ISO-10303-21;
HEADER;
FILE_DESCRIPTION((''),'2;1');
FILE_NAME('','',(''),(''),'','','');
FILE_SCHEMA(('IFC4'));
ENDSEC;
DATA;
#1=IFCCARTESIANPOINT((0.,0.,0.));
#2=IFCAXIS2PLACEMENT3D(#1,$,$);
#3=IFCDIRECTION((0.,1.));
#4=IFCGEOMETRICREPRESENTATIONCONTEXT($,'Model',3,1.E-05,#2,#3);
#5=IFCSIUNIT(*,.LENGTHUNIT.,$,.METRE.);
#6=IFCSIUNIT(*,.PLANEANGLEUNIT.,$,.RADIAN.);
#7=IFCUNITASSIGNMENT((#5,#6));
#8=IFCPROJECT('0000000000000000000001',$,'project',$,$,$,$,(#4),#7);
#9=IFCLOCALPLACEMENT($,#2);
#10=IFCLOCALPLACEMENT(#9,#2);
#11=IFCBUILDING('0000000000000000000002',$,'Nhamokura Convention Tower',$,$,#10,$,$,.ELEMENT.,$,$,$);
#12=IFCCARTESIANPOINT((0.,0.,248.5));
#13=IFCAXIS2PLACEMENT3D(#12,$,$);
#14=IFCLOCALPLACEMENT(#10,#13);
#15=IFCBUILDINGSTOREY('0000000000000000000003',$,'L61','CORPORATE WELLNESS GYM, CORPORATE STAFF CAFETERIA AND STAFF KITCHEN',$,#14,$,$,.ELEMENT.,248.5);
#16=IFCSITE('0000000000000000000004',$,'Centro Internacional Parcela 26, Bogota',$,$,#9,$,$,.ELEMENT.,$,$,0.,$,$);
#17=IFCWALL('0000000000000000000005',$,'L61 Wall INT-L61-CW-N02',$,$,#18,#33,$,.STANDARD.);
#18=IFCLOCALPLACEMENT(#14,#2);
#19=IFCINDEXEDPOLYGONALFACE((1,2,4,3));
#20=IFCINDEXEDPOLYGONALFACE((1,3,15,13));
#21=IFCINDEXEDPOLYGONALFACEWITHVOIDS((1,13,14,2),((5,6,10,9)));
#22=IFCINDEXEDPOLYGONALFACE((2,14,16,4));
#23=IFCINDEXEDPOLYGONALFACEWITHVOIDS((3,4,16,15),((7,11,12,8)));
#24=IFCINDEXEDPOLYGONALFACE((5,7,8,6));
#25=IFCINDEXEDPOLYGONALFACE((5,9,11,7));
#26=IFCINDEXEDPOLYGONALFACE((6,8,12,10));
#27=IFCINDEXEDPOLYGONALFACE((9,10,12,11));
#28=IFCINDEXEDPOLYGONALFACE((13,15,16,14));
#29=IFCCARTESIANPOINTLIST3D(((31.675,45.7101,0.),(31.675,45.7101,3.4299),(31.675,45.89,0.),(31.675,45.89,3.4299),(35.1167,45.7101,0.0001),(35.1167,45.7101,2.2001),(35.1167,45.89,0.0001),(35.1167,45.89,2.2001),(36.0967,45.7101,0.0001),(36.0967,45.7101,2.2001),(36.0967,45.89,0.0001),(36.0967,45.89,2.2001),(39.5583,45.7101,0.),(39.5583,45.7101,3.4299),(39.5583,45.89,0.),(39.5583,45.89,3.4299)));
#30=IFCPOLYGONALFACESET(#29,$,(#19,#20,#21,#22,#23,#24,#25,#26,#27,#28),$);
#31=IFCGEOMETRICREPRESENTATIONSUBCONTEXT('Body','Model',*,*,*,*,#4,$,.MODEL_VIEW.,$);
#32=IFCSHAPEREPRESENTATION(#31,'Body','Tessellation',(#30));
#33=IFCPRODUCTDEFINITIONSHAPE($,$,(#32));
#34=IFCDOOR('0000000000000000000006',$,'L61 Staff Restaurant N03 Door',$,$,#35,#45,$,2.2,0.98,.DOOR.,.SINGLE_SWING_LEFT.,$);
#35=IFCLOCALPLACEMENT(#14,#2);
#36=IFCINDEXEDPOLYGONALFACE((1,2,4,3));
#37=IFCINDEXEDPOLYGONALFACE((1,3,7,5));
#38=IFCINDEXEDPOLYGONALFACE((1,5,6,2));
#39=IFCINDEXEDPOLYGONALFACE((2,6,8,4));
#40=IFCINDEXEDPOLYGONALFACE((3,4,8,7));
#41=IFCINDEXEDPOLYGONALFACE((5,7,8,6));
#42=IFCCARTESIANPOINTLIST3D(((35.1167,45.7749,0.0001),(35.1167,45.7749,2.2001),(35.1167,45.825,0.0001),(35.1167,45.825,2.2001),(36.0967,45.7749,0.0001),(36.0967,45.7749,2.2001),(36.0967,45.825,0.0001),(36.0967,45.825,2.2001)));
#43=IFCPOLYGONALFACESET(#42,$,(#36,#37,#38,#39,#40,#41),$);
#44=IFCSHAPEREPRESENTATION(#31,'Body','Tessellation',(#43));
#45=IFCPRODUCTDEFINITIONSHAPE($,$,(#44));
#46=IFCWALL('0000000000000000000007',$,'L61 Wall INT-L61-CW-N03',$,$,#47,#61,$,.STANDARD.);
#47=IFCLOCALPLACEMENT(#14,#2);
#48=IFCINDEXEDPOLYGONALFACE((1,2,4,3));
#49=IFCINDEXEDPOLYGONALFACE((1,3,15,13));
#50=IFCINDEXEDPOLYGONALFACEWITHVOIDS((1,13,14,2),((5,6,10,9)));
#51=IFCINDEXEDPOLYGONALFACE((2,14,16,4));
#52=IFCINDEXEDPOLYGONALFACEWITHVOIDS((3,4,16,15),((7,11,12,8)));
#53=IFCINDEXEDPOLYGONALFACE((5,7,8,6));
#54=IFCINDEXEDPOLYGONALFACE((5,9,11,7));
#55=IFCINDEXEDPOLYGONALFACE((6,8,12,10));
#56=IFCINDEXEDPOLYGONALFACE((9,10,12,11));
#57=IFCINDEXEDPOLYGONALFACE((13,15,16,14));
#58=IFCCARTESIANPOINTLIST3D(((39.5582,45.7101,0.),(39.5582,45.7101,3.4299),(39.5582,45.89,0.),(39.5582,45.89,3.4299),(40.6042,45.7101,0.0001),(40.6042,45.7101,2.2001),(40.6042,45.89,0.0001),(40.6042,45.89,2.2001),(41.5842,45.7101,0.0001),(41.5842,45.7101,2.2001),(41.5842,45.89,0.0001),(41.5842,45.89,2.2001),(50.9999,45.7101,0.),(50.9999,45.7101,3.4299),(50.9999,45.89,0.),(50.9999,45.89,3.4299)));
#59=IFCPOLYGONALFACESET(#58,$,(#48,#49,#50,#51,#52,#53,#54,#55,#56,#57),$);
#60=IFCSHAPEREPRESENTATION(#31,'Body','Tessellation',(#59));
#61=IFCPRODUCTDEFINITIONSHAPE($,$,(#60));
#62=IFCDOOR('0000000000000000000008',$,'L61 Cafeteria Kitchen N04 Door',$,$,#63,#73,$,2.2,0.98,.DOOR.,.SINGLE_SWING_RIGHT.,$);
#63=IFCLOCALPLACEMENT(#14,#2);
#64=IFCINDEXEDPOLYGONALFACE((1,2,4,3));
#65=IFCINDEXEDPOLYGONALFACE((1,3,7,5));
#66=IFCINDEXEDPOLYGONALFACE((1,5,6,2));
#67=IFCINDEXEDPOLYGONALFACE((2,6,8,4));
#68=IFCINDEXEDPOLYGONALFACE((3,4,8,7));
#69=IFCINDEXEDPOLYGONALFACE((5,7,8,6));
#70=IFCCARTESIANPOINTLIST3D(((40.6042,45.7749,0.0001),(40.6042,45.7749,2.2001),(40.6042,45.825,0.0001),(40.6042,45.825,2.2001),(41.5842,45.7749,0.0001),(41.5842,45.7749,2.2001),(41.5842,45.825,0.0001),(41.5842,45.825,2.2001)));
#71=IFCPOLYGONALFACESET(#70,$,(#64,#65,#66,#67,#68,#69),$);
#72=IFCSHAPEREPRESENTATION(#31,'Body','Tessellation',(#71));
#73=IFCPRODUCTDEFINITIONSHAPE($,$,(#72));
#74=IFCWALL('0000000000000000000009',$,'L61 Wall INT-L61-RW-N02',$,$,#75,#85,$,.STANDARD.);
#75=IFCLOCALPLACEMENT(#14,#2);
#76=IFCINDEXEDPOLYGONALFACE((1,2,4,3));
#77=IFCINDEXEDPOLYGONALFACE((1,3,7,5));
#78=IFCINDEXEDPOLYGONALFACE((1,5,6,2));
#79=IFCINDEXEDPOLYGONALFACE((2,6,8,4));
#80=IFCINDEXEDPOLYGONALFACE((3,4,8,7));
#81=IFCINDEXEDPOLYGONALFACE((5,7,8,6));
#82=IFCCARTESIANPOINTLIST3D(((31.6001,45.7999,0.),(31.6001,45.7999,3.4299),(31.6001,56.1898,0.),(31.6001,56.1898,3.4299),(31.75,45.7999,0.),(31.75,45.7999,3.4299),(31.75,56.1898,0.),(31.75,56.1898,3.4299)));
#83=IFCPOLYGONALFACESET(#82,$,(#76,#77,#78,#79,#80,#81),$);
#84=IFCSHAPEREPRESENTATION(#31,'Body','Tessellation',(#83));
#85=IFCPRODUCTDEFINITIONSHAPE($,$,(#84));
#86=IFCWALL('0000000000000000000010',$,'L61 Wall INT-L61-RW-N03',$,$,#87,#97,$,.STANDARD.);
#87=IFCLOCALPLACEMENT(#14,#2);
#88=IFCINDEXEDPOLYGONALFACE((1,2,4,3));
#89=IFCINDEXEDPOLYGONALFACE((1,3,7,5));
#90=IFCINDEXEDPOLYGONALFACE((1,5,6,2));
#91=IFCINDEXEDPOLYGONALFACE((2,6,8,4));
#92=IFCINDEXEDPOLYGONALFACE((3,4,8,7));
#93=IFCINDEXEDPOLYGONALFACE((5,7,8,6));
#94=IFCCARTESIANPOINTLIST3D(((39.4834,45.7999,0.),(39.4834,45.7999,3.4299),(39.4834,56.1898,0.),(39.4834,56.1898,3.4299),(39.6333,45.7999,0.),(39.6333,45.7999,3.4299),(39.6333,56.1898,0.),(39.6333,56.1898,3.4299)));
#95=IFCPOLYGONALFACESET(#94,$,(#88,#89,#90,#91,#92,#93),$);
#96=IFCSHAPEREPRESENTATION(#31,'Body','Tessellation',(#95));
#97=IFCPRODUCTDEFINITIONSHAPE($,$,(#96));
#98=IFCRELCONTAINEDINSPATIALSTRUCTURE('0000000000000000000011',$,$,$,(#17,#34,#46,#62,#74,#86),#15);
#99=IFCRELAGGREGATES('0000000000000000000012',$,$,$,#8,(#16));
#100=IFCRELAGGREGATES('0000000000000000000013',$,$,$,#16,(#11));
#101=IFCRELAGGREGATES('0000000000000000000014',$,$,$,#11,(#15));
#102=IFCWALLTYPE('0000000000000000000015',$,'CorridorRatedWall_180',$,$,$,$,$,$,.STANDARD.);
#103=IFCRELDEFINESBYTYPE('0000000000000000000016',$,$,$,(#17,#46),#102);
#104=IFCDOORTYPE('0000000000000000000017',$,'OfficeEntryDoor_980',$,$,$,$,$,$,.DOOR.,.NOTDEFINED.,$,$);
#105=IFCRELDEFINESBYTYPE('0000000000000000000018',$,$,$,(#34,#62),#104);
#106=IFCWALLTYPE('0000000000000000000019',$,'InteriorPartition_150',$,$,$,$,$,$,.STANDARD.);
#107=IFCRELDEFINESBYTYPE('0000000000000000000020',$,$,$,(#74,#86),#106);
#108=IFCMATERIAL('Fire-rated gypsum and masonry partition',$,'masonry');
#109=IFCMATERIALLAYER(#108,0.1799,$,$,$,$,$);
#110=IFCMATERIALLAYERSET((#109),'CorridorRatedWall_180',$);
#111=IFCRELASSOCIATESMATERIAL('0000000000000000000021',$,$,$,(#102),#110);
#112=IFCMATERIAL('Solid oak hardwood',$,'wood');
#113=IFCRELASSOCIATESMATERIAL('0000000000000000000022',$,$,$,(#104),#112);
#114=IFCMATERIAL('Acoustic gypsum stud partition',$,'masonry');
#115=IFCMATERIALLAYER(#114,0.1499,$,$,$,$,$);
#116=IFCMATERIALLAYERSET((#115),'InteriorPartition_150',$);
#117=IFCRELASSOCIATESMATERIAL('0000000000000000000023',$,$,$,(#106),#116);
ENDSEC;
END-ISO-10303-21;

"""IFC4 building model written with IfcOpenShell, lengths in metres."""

from ifc_helpers import new_model, si_unit, direction, frame, frame_2d, origin, place, context, subcontext, project, spatial, rectangle, extrude, material, layer, layer_set, type_object, element, fill, save


model = new_model("IFC4")

# Units and contexts
model_context = context("Model", 3, precision=1e-05, world=origin(), true_north=direction((0.0, 1.0)))
body_context = subcontext(model_context, "Body", "Model", "MODEL_VIEW")
ifc_project = project(units=[si_unit("LENGTHUNIT", "METRE"), si_unit("PLANEANGLEUNIT", "RADIAN")], contexts=[model_context])

# Site, building, storey
site_placement = place(None, origin())
site = spatial("IfcSite", under=ifc_project, at=site_placement, Name="Centro Internacional Parcela 26, Bogota", CompositionType="ELEMENT", RefElevation=0.0)
building_placement = place(site_placement, origin())
building = spatial("IfcBuilding", under=site, at=building_placement, Name="Nhamokura Convention Tower", CompositionType="ELEMENT")
storey_placement = place(building_placement, frame((0.0, 0.0, 248.5)))
storey = spatial("IfcBuildingStorey", under=building, at=storey_placement, Name="L61", Description="CORPORATE WELLNESS GYM, CORPORATE STAFF CAFETERIA AND STAFF KITCHEN", CompositionType="ELEMENT", Elevation=248.5)

# Walls, openings, doors
ifc_material_1 = material(Name="Fire-rated gypsum and masonry partition", Category="masonry")
ifc_layer_1 = layer(ifc_material_1, 0.1799)
ifc_layer_set_1 = layer_set([ifc_layer_1], Name="CorridorRatedWall_180")
wall_type_1 = type_object("IfcWallType", Name="CorridorRatedWall_180", PredefinedType="STANDARD", material=ifc_layer_set_1)
wall_1_placement = place(storey_placement, frame((31.675, 45.8, 0.0), z_axis=(0.0, 0.0, 1.0), x_axis=(1.0, 0.0, 0.0)))
wall_1 = element("IfcWall", 1, at=wall_1_placement, inside=storey, type_object=wall_type_1, Name="L61 Wall INT-L61-CW-N02", PredefinedType="STANDARD", context=body_context, shape_type="SweptSolid", body=[
    extrude(rectangle(XDim=7.8833, YDim=0.1799, at=frame_2d((3.9417, 0.0))), origin(), (0.0, 0.0, 1.0), 3.4299),
])
opening_1_placement = place(wall_1_placement, frame((3.4417, 0.0, 0.0)))
opening_1 = element("IfcOpeningElement", 2, at=opening_1_placement, cuts=wall_1, PredefinedType="OPENING", context=body_context, shape_type="SweptSolid", body=[
    extrude(rectangle(XDim=0.98, YDim=2.2, at=frame_2d((0.49, 1.1001))), frame((0.0, 0.0999, 0.0), z_axis=(0.0, -1.0, 0.0), x_axis=(1.0, 0.0, 0.0)), (0.0, 0.0, 1.0), 0.2),
])
ifc_material_2 = material(Name="Solid oak hardwood", Category="wood")
door_type = type_object("IfcDoorType", Name="OfficeEntryDoor_980", OperationType="NOTDEFINED", PredefinedType="DOOR", material=ifc_material_2)
door_1_placement = place(opening_1_placement, origin())
door_1 = element("IfcDoor", 3, at=door_1_placement, inside=storey, type_object=door_type, Name="L61 Staff Restaurant N03 Door", OperationType="SINGLE_SWING_LEFT", OverallHeight=2.2, OverallWidth=0.98, PredefinedType="DOOR", context=body_context, shape_type="SweptSolid", body=[
    extrude(rectangle(XDim=0.98, YDim=2.2, at=frame_2d((0.49, 1.1001))), frame((0.0, 0.0249, 0.0), z_axis=(0.0, -1.0, 0.0), x_axis=(1.0, 0.0, 0.0)), (0.0, 0.0, 1.0), 0.05),
])
fill(opening_1, door_1)
wall_2_placement = place(storey_placement, frame((39.5583, 45.8, 0.0), z_axis=(0.0, 0.0, 1.0), x_axis=(1.0, 0.0, 0.0)))
wall_2 = element("IfcWall", 4, at=wall_2_placement, inside=storey, type_object=wall_type_1, Name="L61 Wall INT-L61-CW-N03", PredefinedType="STANDARD", context=body_context, shape_type="SweptSolid", body=[
    extrude(rectangle(XDim=11.4417, YDim=0.1799, at=frame_2d((5.7207, 0.0))), origin(), (0.0, 0.0, 1.0), 3.4299),
])
opening_2_placement = place(wall_2_placement, frame((1.0459, 0.0, 0.0)))
opening_2 = element("IfcOpeningElement", 5, at=opening_2_placement, cuts=wall_2, PredefinedType="OPENING", context=body_context, shape_type="SweptSolid", body=[
    extrude(rectangle(XDim=0.98, YDim=2.2, at=frame_2d((0.49, 1.1001))), frame((0.0, 0.0999, 0.0), z_axis=(0.0, -1.0, 0.0), x_axis=(1.0, 0.0, 0.0)), (0.0, 0.0, 1.0), 0.2),
])
door_2_placement = place(opening_2_placement, origin())
door_2 = element("IfcDoor", 6, at=door_2_placement, inside=storey, type_object=door_type, Name="L61 Cafeteria Kitchen N04 Door", OperationType="SINGLE_SWING_RIGHT", OverallHeight=2.2, OverallWidth=0.98, PredefinedType="DOOR", context=body_context, shape_type="SweptSolid", body=[
    extrude(rectangle(XDim=0.98, YDim=2.2, at=frame_2d((0.49, 1.1001))), frame((0.0, 0.0249, 0.0), z_axis=(0.0, -1.0, 0.0), x_axis=(1.0, 0.0, 0.0)), (0.0, 0.0, 1.0), 0.05),
])
fill(opening_2, door_2)

# Walls
ifc_material_3 = material(Name="Acoustic gypsum stud partition", Category="masonry")
ifc_layer_2 = layer(ifc_material_3, 0.1499)
ifc_layer_set_2 = layer_set([ifc_layer_2], Name="InteriorPartition_150")
wall_type_2 = type_object("IfcWallType", Name="InteriorPartition_150", PredefinedType="STANDARD", material=ifc_layer_set_2)
for number, where, z_axis, x_axis, name in (
    (7, (31.675, 45.8, 0.0), (0.0, 0.0, 1.0), (0.0, 1.0, 0.0), "L61 Wall INT-L61-RW-N02"),
    (8, (39.5583, 45.8, 0.0), (0.0, 0.0, 1.0), (0.0, 1.0, 0.0), "L61 Wall INT-L61-RW-N03"),
):
    element("IfcWall", number, at=place(storey_placement, frame(where, z_axis=z_axis, x_axis=x_axis)), inside=storey, type_object=wall_type_2, Name=name, PredefinedType="STANDARD", context=body_context, shape_type="SweptSolid", body=[
        extrude(rectangle(XDim=10.3899, YDim=0.1499, at=frame_2d((5.1948, 0.0))), origin(), (0.0, 0.0, 1.0), 3.4299),
    ])

save(model, "model.ifc")
